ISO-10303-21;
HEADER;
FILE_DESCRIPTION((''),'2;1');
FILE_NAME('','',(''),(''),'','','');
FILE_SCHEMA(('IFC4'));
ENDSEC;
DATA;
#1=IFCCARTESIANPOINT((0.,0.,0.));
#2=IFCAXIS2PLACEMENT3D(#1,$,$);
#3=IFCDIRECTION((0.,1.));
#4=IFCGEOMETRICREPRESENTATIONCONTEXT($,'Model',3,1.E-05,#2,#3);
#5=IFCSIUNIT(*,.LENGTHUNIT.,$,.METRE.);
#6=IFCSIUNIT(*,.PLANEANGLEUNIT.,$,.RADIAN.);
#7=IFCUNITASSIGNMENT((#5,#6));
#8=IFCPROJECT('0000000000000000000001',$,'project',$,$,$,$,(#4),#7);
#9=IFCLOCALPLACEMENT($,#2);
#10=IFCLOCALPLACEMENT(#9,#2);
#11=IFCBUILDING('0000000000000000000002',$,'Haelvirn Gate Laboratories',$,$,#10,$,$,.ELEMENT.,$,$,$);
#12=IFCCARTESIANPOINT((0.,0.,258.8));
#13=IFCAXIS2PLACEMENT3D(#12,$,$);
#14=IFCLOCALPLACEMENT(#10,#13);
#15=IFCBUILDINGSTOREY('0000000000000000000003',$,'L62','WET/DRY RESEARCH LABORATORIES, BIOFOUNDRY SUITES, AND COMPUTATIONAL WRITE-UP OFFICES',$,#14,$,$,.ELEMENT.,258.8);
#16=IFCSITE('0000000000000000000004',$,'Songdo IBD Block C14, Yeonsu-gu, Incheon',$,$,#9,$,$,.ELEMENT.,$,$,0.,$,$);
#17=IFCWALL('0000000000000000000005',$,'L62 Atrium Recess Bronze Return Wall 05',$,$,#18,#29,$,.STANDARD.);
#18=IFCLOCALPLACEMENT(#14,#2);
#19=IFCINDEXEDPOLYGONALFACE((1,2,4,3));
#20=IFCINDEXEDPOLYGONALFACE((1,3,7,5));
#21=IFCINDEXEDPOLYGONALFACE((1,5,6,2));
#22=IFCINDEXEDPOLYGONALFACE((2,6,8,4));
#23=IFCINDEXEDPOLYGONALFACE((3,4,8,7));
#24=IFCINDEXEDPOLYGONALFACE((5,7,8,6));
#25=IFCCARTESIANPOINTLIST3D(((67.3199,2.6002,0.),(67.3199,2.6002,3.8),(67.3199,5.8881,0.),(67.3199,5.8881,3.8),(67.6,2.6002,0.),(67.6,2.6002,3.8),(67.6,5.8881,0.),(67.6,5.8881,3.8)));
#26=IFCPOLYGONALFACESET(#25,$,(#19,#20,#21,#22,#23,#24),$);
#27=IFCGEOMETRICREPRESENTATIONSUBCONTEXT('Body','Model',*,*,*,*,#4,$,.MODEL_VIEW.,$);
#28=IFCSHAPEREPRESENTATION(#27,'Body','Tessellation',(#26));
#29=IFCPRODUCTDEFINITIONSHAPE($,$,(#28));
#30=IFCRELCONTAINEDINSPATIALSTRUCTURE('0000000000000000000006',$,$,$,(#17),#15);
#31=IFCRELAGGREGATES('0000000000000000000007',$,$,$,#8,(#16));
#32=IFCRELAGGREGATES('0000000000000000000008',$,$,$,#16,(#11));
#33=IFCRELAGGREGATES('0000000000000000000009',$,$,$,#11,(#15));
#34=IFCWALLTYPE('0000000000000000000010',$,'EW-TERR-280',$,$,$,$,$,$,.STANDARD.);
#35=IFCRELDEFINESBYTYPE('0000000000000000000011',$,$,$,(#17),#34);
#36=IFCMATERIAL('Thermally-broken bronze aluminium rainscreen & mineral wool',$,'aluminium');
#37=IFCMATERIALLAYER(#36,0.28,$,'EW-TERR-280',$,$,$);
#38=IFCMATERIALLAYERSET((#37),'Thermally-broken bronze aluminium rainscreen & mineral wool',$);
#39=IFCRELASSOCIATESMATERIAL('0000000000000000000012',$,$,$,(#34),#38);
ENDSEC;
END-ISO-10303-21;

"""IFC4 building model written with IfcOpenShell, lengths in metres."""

from ifc_helpers import new_model, si_unit, direction, frame, frame_2d, origin, place, context, subcontext, project, spatial, rectangle, extrude, material, layer, layer_set, type_object, element, save


model = new_model("IFC4")

# Units and contexts
model_context = context("Model", 3, precision=1e-05, world=origin(), true_north=direction((0.0, 1.0)))
body_context = subcontext(model_context, "Body", "Model", "MODEL_VIEW")
ifc_project = project(units=[si_unit("LENGTHUNIT", "METRE"), si_unit("PLANEANGLEUNIT", "RADIAN")], contexts=[model_context])

# Site, building, storey
site_placement = place(None, origin())
site = spatial("IfcSite", under=ifc_project, at=site_placement, Name="Songdo IBD Block C14, Yeonsu-gu, Incheon", CompositionType="ELEMENT", RefElevation=0.0)
building_placement = place(site_placement, origin())
building = spatial("IfcBuilding", under=site, at=building_placement, Name="Haelvirn Gate Laboratories", CompositionType="ELEMENT")
storey_placement = place(building_placement, frame((0.0, 0.0, 258.8)))
storey = spatial("IfcBuildingStorey", under=building, at=storey_placement, Name="L62", Description="WET/DRY RESEARCH LABORATORIES, BIOFOUNDRY SUITES, AND COMPUTATIONAL WRITE-UP OFFICES", CompositionType="ELEMENT", Elevation=258.8)

# Wall
ifc_material_1 = material(Name="Thermally-broken bronze aluminium rainscreen & mineral wool", Category="aluminium")
ifc_layer_1 = layer(ifc_material_1, 0.28, Name="EW-TERR-280")
ifc_layer_set_1 = layer_set([ifc_layer_1], Name="Thermally-broken bronze aluminium rainscreen & mineral wool")
wall_type = type_object("IfcWallType", Name="EW-TERR-280", PredefinedType="STANDARD", material=ifc_layer_set_1)
wall_placement = place(storey_placement, frame((67.46, 2.6001, 0.0), z_axis=(0.0, 0.0, 1.0), x_axis=(0.0, 1.0, 0.0)))
element("IfcWall", 1, at=wall_placement, inside=storey, type_object=wall_type, Name="L62 Atrium Recess Bronze Return Wall 05", PredefinedType="STANDARD", context=body_context, shape_type="SweptSolid", body=[
    extrude(rectangle(XDim=3.2878, YDim=0.28, at=frame_2d((1.644, 0.0))), origin(), (0.0, 0.0, 1.0), 3.8),
])

save(model, "model.ifc")
